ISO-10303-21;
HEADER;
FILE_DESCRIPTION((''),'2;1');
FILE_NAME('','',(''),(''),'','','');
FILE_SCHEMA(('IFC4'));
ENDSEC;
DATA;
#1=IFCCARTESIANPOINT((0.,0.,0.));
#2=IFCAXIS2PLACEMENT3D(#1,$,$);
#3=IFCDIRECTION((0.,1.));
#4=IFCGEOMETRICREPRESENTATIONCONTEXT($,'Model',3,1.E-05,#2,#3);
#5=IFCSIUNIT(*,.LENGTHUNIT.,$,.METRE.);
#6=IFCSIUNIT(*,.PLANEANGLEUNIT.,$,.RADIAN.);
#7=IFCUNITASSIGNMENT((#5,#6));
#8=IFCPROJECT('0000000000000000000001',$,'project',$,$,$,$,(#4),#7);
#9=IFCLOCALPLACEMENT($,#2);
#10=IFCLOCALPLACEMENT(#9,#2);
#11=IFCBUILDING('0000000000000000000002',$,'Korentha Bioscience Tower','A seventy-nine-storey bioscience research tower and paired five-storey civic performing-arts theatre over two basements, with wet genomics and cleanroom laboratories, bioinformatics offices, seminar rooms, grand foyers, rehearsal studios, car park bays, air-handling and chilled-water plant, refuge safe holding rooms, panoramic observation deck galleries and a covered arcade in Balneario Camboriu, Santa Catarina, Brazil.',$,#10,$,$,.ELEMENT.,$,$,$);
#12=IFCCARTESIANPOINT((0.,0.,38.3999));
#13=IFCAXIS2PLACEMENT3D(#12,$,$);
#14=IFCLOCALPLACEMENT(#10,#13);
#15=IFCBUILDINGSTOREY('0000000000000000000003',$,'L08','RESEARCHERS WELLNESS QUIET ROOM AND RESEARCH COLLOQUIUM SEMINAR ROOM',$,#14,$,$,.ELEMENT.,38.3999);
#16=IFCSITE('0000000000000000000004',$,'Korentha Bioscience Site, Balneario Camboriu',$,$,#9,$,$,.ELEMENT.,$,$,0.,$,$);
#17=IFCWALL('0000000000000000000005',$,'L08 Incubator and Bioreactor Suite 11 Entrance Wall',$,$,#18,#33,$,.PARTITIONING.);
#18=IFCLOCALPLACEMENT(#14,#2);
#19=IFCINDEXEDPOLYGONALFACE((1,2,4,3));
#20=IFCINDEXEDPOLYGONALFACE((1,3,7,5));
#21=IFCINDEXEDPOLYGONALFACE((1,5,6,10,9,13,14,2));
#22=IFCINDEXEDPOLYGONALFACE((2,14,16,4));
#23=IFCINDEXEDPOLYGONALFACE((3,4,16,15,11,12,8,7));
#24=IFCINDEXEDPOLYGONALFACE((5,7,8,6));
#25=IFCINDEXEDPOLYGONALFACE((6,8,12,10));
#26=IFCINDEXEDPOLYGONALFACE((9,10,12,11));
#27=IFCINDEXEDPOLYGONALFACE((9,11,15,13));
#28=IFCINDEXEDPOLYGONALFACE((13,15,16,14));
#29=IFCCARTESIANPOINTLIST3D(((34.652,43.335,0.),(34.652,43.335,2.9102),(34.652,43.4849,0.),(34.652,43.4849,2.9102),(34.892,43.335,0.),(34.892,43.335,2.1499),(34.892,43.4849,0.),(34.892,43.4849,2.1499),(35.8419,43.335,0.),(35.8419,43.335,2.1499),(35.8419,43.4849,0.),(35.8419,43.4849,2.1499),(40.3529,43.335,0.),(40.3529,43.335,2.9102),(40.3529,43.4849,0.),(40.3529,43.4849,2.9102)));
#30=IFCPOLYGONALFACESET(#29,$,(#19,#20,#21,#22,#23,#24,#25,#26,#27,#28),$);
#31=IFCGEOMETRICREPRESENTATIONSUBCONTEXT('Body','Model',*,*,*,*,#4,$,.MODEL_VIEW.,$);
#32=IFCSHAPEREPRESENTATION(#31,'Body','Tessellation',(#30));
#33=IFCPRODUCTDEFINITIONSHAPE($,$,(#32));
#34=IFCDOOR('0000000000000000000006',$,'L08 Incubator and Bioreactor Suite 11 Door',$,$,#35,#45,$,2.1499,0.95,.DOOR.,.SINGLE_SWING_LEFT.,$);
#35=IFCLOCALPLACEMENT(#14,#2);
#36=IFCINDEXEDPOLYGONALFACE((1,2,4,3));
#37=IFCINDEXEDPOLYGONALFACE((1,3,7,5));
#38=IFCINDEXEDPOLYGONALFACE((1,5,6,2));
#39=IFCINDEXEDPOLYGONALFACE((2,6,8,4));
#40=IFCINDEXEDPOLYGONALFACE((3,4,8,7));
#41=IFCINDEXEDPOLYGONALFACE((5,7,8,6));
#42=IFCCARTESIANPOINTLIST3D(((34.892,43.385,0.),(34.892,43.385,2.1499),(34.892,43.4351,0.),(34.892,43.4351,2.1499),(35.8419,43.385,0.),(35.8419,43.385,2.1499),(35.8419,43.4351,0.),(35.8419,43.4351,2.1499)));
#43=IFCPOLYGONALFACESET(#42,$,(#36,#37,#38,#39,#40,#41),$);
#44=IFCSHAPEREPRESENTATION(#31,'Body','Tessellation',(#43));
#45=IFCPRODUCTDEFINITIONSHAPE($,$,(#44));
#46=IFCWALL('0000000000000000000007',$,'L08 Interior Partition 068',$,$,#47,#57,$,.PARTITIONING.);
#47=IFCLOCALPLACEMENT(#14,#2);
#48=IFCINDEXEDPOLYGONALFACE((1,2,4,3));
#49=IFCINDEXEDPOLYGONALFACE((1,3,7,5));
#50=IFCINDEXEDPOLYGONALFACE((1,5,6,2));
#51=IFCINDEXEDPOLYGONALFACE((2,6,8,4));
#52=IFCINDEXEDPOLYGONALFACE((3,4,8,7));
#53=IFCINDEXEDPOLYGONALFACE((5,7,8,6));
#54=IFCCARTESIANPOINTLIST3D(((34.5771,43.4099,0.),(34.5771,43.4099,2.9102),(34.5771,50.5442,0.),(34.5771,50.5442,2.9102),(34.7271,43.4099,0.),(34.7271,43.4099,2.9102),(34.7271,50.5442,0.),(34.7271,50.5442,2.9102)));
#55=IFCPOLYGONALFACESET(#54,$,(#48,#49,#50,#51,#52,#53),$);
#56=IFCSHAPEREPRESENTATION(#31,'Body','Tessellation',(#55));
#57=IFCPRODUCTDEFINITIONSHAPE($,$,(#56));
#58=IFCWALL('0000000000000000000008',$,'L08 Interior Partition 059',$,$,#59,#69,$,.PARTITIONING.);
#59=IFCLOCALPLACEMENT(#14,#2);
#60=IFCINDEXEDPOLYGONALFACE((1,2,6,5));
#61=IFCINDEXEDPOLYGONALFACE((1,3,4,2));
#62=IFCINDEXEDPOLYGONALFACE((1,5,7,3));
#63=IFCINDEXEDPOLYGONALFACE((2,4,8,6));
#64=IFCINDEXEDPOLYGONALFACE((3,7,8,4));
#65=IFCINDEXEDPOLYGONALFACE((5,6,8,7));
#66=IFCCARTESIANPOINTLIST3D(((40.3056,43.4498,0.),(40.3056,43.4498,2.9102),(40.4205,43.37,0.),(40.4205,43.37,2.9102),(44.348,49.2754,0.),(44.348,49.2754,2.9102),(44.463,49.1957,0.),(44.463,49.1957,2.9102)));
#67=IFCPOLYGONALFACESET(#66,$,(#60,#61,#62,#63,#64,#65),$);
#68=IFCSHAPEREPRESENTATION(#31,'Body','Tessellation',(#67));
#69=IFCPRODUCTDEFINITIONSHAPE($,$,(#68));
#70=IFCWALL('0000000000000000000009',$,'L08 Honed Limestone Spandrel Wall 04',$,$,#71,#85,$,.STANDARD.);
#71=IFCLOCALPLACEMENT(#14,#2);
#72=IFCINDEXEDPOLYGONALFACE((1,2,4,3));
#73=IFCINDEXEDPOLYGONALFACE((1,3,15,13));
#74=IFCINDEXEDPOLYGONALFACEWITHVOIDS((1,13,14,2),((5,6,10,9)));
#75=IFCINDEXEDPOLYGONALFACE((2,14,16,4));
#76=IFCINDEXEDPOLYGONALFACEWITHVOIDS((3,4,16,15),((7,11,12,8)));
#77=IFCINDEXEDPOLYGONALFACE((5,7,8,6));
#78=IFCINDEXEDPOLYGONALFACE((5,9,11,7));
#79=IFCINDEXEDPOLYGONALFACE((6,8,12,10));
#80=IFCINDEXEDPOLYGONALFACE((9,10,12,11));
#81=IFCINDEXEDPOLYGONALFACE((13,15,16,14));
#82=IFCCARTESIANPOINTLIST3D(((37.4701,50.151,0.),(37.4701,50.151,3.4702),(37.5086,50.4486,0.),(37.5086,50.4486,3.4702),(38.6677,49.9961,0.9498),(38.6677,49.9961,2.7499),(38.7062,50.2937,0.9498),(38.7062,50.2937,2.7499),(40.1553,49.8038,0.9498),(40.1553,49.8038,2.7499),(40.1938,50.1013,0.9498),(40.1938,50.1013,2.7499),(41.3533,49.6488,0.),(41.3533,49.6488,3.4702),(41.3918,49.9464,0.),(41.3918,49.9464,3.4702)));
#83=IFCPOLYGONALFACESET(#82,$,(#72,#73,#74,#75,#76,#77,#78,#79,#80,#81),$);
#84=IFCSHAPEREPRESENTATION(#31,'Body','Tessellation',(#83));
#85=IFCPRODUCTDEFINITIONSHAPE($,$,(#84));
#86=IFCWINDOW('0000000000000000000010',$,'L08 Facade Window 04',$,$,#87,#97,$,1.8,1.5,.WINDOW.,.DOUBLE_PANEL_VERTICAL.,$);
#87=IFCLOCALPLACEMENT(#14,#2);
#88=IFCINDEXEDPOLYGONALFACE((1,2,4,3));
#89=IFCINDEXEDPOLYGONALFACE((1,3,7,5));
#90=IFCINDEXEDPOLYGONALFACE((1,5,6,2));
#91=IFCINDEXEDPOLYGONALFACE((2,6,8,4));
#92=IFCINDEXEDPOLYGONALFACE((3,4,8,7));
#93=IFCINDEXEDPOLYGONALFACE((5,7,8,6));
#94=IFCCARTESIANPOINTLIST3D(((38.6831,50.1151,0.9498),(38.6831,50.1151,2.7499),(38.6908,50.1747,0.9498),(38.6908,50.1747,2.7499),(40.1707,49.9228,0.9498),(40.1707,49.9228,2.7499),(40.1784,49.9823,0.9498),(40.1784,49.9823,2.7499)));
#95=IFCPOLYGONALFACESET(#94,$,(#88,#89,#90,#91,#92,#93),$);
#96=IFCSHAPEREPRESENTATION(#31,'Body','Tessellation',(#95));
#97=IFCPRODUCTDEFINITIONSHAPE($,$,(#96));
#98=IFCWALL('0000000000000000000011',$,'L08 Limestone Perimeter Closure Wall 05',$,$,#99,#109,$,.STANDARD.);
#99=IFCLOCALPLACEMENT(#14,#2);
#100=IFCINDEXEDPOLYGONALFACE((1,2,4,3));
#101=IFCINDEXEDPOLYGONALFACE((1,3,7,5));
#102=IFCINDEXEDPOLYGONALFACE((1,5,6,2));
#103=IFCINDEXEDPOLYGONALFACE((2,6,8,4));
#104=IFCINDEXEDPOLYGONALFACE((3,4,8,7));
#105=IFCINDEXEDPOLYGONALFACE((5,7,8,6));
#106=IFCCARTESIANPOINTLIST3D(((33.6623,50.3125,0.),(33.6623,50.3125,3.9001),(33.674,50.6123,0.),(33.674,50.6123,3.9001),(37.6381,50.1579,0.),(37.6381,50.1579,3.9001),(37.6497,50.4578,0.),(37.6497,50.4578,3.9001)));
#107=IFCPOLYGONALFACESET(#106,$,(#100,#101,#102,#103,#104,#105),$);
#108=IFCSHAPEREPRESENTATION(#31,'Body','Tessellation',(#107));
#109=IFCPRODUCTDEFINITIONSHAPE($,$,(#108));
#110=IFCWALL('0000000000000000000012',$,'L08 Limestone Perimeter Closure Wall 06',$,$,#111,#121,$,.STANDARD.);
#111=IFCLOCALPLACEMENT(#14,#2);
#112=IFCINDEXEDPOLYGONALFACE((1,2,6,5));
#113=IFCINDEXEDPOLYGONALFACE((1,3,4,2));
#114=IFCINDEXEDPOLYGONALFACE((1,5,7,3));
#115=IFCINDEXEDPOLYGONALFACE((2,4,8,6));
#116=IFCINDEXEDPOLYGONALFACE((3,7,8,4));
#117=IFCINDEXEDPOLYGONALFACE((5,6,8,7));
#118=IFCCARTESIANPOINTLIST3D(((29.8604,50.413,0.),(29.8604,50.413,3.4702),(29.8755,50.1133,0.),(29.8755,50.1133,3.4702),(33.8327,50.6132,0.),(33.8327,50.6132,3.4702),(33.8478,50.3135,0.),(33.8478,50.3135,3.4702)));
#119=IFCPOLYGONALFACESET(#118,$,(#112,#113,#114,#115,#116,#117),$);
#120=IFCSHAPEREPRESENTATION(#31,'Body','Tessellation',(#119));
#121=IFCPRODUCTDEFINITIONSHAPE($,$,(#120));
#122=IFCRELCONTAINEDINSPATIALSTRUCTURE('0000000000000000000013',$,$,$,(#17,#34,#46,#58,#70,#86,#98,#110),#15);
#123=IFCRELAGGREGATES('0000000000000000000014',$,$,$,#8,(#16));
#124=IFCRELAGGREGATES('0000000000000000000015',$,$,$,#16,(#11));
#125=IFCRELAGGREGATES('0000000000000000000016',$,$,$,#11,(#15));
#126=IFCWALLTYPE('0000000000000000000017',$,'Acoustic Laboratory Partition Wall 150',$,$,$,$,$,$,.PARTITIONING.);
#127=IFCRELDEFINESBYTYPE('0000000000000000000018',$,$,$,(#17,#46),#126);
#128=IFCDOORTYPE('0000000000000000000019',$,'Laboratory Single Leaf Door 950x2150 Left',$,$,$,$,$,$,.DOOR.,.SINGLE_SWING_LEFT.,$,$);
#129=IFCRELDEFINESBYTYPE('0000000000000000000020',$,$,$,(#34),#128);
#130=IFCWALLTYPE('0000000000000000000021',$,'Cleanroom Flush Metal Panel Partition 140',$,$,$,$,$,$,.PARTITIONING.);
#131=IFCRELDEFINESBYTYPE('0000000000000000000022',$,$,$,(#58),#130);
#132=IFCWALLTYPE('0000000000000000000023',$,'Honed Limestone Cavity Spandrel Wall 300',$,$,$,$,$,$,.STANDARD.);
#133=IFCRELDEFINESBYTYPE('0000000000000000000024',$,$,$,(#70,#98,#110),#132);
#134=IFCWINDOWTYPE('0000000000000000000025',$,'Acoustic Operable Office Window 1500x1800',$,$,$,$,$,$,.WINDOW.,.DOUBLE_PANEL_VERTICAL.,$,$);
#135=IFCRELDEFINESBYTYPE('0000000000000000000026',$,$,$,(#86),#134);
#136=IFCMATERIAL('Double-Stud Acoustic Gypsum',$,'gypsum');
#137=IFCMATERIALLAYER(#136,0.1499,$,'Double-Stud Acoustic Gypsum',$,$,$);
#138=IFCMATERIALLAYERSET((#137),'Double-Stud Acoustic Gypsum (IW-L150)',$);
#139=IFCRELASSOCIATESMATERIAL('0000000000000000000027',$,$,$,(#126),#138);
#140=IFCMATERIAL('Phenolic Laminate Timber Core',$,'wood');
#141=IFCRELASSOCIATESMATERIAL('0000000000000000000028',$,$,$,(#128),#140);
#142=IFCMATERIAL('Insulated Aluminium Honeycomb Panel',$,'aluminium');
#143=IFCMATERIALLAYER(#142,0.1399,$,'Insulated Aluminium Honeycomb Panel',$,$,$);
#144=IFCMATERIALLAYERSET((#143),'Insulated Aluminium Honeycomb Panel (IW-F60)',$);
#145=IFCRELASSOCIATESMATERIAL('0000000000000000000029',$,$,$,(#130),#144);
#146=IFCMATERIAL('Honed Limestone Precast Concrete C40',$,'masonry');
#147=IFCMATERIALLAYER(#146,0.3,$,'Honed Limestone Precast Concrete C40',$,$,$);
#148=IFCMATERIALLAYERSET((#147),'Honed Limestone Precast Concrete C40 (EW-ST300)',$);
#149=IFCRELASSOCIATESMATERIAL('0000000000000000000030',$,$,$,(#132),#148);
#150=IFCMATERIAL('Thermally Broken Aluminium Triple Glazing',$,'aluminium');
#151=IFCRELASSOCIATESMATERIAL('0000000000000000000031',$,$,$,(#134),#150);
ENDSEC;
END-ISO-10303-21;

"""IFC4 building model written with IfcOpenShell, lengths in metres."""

from ifc_helpers import new_model, si_unit, direction, frame, frame_2d, origin, place, context, subcontext, project, spatial, rectangle, extrude, material, layer, layer_set, type_object, element, fill, save


model = new_model("IFC4")

# Units and contexts
model_context = context("Model", 3, precision=1e-05, world=origin(), true_north=direction((0.0, 1.0)))
body_context = subcontext(model_context, "Body", "Model", "MODEL_VIEW")
ifc_project = project(units=[si_unit("LENGTHUNIT", "METRE"), si_unit("PLANEANGLEUNIT", "RADIAN")], contexts=[model_context])

# Site, building, storey
site_placement = place(None, origin())
site = spatial("IfcSite", under=ifc_project, at=site_placement, Name="Korentha Bioscience Site, Balneario Camboriu", CompositionType="ELEMENT", RefElevation=0.0)
building_placement = place(site_placement, origin())
building = spatial("IfcBuilding", under=site, at=building_placement, Name="Korentha Bioscience Tower", Description="A seventy-nine-storey bioscience research tower and paired five-storey civic performing-arts theatre over two basements, with wet genomics and cleanroom laboratories, bioinformatics offices, seminar rooms, grand foyers, rehearsal studios, car park bays, air-handling and chilled-water plant, refuge safe holding rooms, panoramic observation deck galleries and a covered arcade in Balneario Camboriu, Santa Catarina, Brazil.", CompositionType="ELEMENT")
storey_placement = place(building_placement, frame((0.0, 0.0, 38.3999)))
storey = spatial("IfcBuildingStorey", under=building, at=storey_placement, Name="L08", Description="RESEARCHERS WELLNESS QUIET ROOM AND RESEARCH COLLOQUIUM SEMINAR ROOM", CompositionType="ELEMENT", Elevation=38.3999)

# Wall, opening, door
ifc_material_1 = material(Name="Double-Stud Acoustic Gypsum", Category="gypsum")
ifc_layer_1 = layer(ifc_material_1, 0.1499, Name="Double-Stud Acoustic Gypsum")
ifc_layer_set_1 = layer_set([ifc_layer_1], Name="Double-Stud Acoustic Gypsum (IW-L150)")
wall_type_1 = type_object("IfcWallType", Name="Acoustic Laboratory Partition Wall 150", PredefinedType="PARTITIONING", material=ifc_layer_set_1)
wall_1_placement = place(storey_placement, frame((40.353, 43.4099, 0.0), z_axis=(0.0, 0.0, 1.0), x_axis=(-1.0, 0.0, 0.0)))
wall_1 = element("IfcWall", 1, at=wall_1_placement, inside=storey, type_object=wall_type_1, Name="L08 Incubator and Bioreactor Suite 11 Entrance Wall", PredefinedType="PARTITIONING", context=body_context, shape_type="SweptSolid", body=[
    extrude(rectangle(XDim=5.7009, YDim=0.1499, at=frame_2d((2.8506, 0.0))), origin(), (0.0, 0.0, 1.0), 2.9102),
])
opening_1_placement = place(wall_1_placement, frame((4.511, 0.0, 0.0)))
opening_1 = element("IfcOpeningElement", 2, at=opening_1_placement, cuts=wall_1, PredefinedType="OPENING", context=body_context, shape_type="SweptSolid", body=[
    extrude(rectangle(XDim=0.95, YDim=2.1499, at=frame_2d((0.4751, 1.075))), frame((0.0, 0.0898, 0.0), z_axis=(0.0, -1.0, 0.0), x_axis=(1.0, 0.0, 0.0)), (0.0, 0.0, 1.0), 0.1797),
])
ifc_material_2 = material(Name="Phenolic Laminate Timber Core", Category="wood")
door_type_1 = type_object("IfcDoorType", Name="Laboratory Single Leaf Door 950x2150 Left", OperationType="SINGLE_SWING_LEFT", PredefinedType="DOOR", material=ifc_material_2)
door_1_placement = place(opening_1_placement, origin())
door_1 = element("IfcDoor", 3, at=door_1_placement, inside=storey, type_object=door_type_1, Name="L08 Incubator and Bioreactor Suite 11 Door", OperationType="SINGLE_SWING_LEFT", OverallHeight=2.1499, OverallWidth=0.95, PredefinedType="DOOR", context=body_context, shape_type="SweptSolid", body=[
    extrude(rectangle(XDim=0.95, YDim=2.1499, at=frame_2d((0.4751, 1.075))), frame((0.0, 0.0249, 0.0), z_axis=(0.0, -1.0, 0.0), x_axis=(1.0, 0.0, 0.0)), (0.0, 0.0, 1.0), 0.05),
])
fill(opening_1, door_1)

# Walls
wall_2_placement = place(storey_placement, frame((34.6521, 43.4099, 0.0), z_axis=(0.0, 0.0, 1.0), x_axis=(0.0, 1.0, 0.0)))
element("IfcWall", 4, at=wall_2_placement, inside=storey, type_object=wall_type_1, Name="L08 Interior Partition 068", PredefinedType="PARTITIONING", context=body_context, shape_type="SweptSolid", body=[
    extrude(rectangle(XDim=7.1343, YDim=0.1499, at=frame_2d((3.5671, 0.0))), origin(), (0.0, 0.0, 1.0), 2.9102),
])
ifc_material_3 = material(Name="Insulated Aluminium Honeycomb Panel", Category="aluminium")
ifc_layer_2 = layer(ifc_material_3, 0.1399, Name="Insulated Aluminium Honeycomb Panel")
ifc_layer_set_2 = layer_set([ifc_layer_2], Name="Insulated Aluminium Honeycomb Panel (IW-F60)")
wall_type_2 = type_object("IfcWallType", Name="Cleanroom Flush Metal Panel Partition 140", PredefinedType="PARTITIONING", material=ifc_layer_set_2)
wall_3_placement = place(storey_placement, frame((40.363, 43.4099, 0.0), z_axis=(0.0, 0.0, 1.0), x_axis=(0.570098, 0.821577, 0.0)))
element("IfcWall", 5, at=wall_3_placement, inside=storey, type_object=wall_type_2, Name="L08 Interior Partition 059", PredefinedType="PARTITIONING", context=body_context, shape_type="SweptSolid", body=[
    extrude(rectangle(XDim=7.0908, YDim=0.1399, at=frame_2d((3.5454, 0.0))), origin(), (0.0, 0.0, 1.0), 2.9102),
])

# Wall, opening, window
ifc_material_4 = material(Name="Honed Limestone Precast Concrete C40", Category="masonry")
ifc_layer_3 = layer(ifc_material_4, 0.3, Name="Honed Limestone Precast Concrete C40")
ifc_layer_set_3 = layer_set([ifc_layer_3], Name="Honed Limestone Precast Concrete C40 (EW-ST300)")
wall_type_3 = type_object("IfcWallType", Name="Honed Limestone Cavity Spandrel Wall 300", PredefinedType="STANDARD", material=ifc_layer_set_3)
wall_4_placement = place(storey_placement, frame((41.3726, 49.7976, 0.0), z_axis=(0.0, 0.0, 1.0), x_axis=(-0.991741, 0.128254, 0.0)))
wall_4 = element("IfcWall", 6, at=wall_4_placement, inside=storey, type_object=wall_type_3, Name="L08 Honed Limestone Spandrel Wall 04", PredefinedType="STANDARD", context=body_context, shape_type="SweptSolid", body=[
    extrude(rectangle(XDim=3.9155, YDim=0.3, at=frame_2d((1.9578, 0.0))), origin(), (0.0, 0.0, 1.0), 3.4702),
])
opening_2_placement = place(wall_4_placement, frame((1.208, 0.0, 0.95)))
opening_2 = element("IfcOpeningElement", 7, at=opening_2_placement, cuts=wall_4, PredefinedType="OPENING", context=body_context, shape_type="SweptSolid", body=[
    extrude(rectangle(XDim=1.5, YDim=1.8, at=frame_2d((0.75, 0.8999))), frame((0.0, 0.165, 0.0), z_axis=(0.0, -1.0, 0.0), x_axis=(1.0, 0.0, 0.0)), (0.0, 0.0, 1.0), 0.3298),
])
ifc_material_5 = material(Name="Thermally Broken Aluminium Triple Glazing", Category="aluminium")
window_type = type_object("IfcWindowType", Name="Acoustic Operable Office Window 1500x1800", PartitioningType="DOUBLE_PANEL_VERTICAL", PredefinedType="WINDOW", material=ifc_material_5)
window_placement = place(opening_2_placement, origin())
window = element("IfcWindow", 8, at=window_placement, inside=storey, type_object=window_type, Name="L08 Facade Window 04", OverallHeight=1.8, OverallWidth=1.5, PartitioningType="DOUBLE_PANEL_VERTICAL", PredefinedType="WINDOW", context=body_context, shape_type="SweptSolid", body=[
    extrude(rectangle(XDim=1.5, YDim=1.8, at=frame_2d((0.75, 0.8999))), frame((0.0, 0.03, 0.0), z_axis=(0.0, -1.0, 0.0), x_axis=(1.0, 0.0, 0.0)), (0.0, 0.0, 1.0), 0.0601),
])
fill(opening_2, window)

# Walls
wall_5_placement = place(storey_placement, frame((37.6438, 50.3079, 0.0), z_axis=(0.0, 0.0, 1.0), x_axis=(-0.999245, 0.038841, 0.0)))
element("IfcWall", 9, at=wall_5_placement, inside=storey, type_object=wall_type_3, Name="L08 Limestone Perimeter Closure Wall 05", PredefinedType="STANDARD", context=body_context, shape_type="SweptSolid", body=[
    extrude(rectangle(XDim=3.9788, YDim=0.3, at=frame_2d((1.9893, 0.0))), origin(), (0.0, 0.0, 1.0), 3.9001),
])
wall_6_placement = place(storey_placement, frame((33.8403, 50.4634, 0.0), z_axis=(0.0, 0.0, 1.0), x_axis=(-0.998732, -0.050336, 0.0)))
element("IfcWall", 10, at=wall_6_placement, inside=storey, type_object=wall_type_3, Name="L08 Limestone Perimeter Closure Wall 06", PredefinedType="STANDARD", context=body_context, shape_type="SweptSolid", body=[
    extrude(rectangle(XDim=3.9773, YDim=0.3, at=frame_2d((1.9888, 0.0))), origin(), (0.0, 0.0, 1.0), 3.4702),
])

save(model, "model.ifc")
